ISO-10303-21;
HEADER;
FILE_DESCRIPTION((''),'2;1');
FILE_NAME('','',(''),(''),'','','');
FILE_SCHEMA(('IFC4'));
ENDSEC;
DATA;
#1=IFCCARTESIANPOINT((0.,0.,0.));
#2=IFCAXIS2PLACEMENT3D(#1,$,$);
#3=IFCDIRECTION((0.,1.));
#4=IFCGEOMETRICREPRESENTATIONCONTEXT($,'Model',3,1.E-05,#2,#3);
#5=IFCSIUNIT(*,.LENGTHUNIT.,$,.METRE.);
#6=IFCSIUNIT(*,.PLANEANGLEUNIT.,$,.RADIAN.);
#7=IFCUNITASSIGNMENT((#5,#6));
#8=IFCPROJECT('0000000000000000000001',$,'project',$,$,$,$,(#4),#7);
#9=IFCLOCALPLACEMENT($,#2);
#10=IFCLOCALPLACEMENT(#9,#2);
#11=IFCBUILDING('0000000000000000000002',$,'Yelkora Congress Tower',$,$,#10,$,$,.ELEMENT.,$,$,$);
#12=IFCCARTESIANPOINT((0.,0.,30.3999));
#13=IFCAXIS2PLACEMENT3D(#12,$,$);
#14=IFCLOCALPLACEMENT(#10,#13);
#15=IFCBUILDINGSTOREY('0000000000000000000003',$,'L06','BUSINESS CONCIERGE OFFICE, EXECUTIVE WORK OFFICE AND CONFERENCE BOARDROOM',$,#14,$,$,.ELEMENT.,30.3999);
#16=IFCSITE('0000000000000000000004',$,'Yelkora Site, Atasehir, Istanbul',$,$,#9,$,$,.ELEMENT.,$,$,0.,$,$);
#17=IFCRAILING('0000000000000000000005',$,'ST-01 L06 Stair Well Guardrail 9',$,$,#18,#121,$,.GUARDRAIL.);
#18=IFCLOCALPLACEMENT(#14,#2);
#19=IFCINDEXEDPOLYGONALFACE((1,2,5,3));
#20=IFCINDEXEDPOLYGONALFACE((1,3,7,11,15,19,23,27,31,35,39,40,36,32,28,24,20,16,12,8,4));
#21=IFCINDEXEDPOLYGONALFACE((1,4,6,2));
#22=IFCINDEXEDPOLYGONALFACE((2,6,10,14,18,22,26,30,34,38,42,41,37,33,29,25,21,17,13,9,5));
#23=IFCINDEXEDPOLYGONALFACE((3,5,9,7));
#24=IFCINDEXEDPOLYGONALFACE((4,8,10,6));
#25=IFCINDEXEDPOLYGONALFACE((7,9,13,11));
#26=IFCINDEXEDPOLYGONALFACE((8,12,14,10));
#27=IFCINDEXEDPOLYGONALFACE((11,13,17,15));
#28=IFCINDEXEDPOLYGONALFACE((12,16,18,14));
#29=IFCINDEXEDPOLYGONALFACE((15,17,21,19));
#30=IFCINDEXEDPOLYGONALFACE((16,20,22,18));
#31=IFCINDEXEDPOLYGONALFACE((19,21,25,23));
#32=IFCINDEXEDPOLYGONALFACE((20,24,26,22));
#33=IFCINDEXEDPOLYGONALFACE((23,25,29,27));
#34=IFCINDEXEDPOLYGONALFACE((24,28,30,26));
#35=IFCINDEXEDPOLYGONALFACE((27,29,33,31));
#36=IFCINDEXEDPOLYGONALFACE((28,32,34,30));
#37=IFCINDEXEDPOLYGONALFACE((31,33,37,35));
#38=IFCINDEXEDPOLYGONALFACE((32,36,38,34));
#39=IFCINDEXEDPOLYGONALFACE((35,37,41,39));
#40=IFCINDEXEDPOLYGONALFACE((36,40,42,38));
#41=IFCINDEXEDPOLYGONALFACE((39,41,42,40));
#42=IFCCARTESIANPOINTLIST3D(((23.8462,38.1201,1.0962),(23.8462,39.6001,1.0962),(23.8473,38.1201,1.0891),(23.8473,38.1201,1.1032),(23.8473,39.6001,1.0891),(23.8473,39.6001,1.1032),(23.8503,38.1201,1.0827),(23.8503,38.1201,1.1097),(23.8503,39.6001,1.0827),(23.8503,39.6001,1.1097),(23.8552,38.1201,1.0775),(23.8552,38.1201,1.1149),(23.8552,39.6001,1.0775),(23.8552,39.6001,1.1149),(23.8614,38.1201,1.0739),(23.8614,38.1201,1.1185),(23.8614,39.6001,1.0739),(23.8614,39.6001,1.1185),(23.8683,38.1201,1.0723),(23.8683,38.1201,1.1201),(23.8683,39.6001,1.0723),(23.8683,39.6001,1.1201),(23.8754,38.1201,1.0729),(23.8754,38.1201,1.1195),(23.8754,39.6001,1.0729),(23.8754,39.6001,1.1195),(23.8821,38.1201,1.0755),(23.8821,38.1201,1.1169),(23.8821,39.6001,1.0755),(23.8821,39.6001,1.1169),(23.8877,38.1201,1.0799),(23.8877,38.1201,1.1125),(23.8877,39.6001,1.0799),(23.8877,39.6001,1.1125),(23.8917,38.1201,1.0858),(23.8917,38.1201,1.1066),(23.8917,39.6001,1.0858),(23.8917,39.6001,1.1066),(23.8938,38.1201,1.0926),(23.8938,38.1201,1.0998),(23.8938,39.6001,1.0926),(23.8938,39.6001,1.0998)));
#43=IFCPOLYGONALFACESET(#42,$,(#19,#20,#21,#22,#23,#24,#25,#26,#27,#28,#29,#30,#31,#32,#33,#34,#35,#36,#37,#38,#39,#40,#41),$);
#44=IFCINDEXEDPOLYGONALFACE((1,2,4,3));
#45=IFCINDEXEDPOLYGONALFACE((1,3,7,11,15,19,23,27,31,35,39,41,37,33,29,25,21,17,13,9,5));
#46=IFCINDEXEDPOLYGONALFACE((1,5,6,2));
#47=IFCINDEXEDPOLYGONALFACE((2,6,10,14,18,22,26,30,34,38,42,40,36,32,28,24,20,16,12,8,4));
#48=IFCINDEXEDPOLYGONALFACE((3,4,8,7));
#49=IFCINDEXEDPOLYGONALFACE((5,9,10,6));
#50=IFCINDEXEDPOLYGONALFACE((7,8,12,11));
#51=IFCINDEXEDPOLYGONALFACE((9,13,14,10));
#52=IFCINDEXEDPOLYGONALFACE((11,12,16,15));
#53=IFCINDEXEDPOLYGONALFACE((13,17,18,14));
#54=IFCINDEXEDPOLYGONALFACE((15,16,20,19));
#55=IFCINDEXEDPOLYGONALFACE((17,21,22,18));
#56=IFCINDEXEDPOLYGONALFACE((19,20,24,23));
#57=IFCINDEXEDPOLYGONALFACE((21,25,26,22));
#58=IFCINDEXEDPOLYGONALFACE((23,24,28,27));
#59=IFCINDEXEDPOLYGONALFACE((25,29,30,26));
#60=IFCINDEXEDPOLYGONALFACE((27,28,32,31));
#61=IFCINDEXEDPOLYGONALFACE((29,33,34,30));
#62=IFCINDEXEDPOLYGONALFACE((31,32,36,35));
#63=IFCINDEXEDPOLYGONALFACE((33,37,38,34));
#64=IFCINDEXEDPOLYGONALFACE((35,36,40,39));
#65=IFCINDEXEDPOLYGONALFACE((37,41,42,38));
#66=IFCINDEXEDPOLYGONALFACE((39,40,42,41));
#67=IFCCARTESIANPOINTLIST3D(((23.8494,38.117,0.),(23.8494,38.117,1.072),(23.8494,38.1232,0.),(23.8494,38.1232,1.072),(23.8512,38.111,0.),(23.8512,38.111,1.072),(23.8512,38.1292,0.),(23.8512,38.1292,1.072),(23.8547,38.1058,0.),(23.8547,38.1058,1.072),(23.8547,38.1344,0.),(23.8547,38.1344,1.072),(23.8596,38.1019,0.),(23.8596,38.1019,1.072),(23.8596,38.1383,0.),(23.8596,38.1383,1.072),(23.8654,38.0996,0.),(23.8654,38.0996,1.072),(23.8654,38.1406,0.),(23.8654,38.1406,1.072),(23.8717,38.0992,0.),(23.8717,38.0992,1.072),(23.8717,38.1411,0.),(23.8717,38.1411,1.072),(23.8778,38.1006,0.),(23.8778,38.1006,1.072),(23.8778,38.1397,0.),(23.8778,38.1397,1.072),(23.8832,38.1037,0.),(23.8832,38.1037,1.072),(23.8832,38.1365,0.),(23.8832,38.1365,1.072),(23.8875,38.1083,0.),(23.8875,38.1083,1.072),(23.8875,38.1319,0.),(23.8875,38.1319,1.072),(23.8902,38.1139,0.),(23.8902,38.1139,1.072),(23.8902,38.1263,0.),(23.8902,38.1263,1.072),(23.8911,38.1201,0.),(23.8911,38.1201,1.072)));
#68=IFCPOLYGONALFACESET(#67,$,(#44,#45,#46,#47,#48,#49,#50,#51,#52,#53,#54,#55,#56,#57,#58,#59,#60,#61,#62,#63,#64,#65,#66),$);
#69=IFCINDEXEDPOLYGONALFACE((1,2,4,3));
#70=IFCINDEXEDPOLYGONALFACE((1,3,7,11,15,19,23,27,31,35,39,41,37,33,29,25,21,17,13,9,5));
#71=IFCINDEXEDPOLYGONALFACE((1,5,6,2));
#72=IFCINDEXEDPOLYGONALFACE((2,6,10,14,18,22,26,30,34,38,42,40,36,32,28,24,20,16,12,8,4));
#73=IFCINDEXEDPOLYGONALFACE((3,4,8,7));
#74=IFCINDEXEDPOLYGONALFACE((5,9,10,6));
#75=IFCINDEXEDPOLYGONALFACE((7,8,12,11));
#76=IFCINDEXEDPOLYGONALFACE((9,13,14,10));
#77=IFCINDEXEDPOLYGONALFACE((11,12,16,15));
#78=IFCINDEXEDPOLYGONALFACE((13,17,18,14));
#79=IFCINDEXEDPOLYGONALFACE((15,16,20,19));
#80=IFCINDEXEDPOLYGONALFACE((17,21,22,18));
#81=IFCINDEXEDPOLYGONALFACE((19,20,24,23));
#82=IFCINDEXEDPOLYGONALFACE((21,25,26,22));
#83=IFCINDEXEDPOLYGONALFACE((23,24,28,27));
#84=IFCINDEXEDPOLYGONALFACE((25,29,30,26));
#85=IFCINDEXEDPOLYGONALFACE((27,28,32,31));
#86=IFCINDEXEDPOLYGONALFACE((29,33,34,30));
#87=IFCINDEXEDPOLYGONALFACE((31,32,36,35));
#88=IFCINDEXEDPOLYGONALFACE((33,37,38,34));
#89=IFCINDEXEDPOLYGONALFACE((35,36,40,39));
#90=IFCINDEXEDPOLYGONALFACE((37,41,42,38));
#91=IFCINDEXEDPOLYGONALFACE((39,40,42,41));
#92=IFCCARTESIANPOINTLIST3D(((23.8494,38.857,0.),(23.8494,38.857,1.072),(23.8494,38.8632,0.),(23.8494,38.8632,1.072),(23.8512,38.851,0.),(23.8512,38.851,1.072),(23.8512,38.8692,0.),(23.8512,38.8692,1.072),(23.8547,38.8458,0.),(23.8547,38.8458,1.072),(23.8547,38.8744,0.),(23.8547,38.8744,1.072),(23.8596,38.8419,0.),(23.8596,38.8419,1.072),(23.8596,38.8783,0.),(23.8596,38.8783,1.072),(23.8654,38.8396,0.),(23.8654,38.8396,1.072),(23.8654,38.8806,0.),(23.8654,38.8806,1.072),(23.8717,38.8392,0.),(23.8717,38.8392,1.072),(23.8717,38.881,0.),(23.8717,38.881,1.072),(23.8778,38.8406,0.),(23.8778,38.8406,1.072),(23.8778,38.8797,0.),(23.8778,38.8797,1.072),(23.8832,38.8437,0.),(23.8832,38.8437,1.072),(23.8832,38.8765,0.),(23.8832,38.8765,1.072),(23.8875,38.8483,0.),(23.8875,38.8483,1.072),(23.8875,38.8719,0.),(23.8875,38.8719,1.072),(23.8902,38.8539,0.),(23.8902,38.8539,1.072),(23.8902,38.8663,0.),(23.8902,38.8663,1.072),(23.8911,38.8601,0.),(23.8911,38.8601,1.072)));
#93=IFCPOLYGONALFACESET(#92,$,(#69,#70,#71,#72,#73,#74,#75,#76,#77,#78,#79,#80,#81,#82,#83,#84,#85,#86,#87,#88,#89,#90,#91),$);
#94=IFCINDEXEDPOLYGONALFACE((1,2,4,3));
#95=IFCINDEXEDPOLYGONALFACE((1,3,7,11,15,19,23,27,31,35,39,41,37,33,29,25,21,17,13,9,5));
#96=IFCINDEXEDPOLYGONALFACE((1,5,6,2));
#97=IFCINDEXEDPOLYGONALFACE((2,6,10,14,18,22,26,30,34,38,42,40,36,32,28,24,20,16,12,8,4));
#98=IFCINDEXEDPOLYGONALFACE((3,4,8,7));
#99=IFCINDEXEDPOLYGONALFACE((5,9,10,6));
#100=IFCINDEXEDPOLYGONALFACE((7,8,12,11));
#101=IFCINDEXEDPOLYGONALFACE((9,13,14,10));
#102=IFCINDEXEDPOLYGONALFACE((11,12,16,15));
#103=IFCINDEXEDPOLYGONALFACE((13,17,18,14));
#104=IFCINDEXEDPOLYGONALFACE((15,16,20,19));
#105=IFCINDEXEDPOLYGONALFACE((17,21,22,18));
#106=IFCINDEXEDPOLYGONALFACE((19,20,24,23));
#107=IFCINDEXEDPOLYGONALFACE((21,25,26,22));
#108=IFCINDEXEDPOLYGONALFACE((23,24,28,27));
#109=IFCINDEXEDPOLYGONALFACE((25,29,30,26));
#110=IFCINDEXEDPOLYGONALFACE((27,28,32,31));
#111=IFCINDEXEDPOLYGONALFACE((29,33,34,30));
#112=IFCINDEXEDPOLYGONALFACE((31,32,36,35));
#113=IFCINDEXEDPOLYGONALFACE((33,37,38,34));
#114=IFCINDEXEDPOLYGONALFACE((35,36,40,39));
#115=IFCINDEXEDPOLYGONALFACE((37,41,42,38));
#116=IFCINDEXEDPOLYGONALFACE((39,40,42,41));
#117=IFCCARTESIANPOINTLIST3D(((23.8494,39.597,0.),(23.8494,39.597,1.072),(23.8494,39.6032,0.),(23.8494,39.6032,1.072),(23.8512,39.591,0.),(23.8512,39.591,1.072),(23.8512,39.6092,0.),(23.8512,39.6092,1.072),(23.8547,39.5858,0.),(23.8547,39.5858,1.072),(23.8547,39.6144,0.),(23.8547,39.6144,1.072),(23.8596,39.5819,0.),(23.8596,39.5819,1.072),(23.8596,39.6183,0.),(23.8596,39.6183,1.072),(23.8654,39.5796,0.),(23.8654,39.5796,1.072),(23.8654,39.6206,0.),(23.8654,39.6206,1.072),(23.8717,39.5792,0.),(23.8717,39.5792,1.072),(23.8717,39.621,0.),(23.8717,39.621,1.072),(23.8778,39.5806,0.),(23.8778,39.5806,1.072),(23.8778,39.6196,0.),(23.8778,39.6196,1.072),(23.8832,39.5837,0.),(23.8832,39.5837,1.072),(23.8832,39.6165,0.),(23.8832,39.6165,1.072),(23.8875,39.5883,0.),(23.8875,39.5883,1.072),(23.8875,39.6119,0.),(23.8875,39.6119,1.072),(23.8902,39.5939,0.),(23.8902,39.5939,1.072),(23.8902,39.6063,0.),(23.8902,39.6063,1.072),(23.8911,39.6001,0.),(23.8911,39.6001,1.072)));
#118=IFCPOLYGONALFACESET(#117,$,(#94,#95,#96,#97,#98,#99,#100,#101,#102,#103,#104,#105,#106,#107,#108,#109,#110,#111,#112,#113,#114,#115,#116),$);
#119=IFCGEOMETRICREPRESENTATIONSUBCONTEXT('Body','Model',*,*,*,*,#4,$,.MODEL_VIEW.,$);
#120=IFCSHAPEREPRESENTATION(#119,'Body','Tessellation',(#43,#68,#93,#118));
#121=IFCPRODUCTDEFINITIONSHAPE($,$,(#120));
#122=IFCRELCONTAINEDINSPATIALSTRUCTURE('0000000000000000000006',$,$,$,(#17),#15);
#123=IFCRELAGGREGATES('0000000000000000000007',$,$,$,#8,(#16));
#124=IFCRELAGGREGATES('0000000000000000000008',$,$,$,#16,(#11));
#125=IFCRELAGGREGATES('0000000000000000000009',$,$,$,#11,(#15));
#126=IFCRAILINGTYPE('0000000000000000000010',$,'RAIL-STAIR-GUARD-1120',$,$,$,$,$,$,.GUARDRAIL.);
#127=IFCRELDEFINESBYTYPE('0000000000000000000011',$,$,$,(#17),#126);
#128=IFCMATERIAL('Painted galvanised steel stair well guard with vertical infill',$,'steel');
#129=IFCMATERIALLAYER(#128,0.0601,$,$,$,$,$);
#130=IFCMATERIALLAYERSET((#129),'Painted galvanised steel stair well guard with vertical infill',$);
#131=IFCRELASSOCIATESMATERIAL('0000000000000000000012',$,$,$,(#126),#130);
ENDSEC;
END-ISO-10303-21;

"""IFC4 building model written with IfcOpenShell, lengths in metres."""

from ifc_helpers import new_model, si_unit, direction, frame, origin, origin_2d, place, context, subcontext, project, spatial, circle, extrude, material, layer, layer_set, type_object, element, save


model = new_model("IFC4")

# Units and contexts
model_context = context("Model", 3, precision=1e-05, world=origin(), true_north=direction((0.0, 1.0)))
body_context = subcontext(model_context, "Body", "Model", "MODEL_VIEW")
ifc_project = project(units=[si_unit("LENGTHUNIT", "METRE"), si_unit("PLANEANGLEUNIT", "RADIAN")], contexts=[model_context])

# Site, building, storey
site_placement = place(None, origin())
site = spatial("IfcSite", under=ifc_project, at=site_placement, Name="Yelkora Site, Atasehir, Istanbul", CompositionType="ELEMENT", RefElevation=0.0)
building_placement = place(site_placement, origin())
building = spatial("IfcBuilding", under=site, at=building_placement, Name="Yelkora Congress Tower", CompositionType="ELEMENT")
storey_placement = place(building_placement, frame((0.0, 0.0, 30.3999)))
storey = spatial("IfcBuildingStorey", under=building, at=storey_placement, Name="L06", Description="BUSINESS CONCIERGE OFFICE, EXECUTIVE WORK OFFICE AND CONFERENCE BOARDROOM", CompositionType="ELEMENT", Elevation=30.3999)

# Railing
ifc_material_1 = material(Name="Painted galvanised steel stair well guard with vertical infill", Category="steel")
ifc_layer_1 = layer(ifc_material_1, 0.0601)
ifc_layer_set_1 = layer_set([ifc_layer_1], Name="Painted galvanised steel stair well guard with vertical infill")
railing_type_1 = type_object("IfcRailingType", Name="RAIL-STAIR-GUARD-1120", PredefinedType="GUARDRAIL", material=ifc_layer_set_1)
for number, where, name in (
    (1, (23.8701, 38.1201, 0.0), "ST-01 L06 Stair Well Guardrail 9"),
):
    element("IfcRailing", number, at=place(storey_placement, frame(where)), inside=storey, type_object=railing_type_1, Name=name, PredefinedType="GUARDRAIL", context=body_context, shape_type="SweptSolid", body=[
        extrude(circle(Radius=0.0239, at=origin_2d()), frame((0.0, 0.0, 1.0962), z_axis=(0.0, 1.0, 0.0), x_axis=(-1.0, 0.0, 0.0)), (0.0, 0.0, 1.0), 1.48),
        extrude(circle(Radius=0.021, at=origin_2d()), origin(), (0.0, 0.0, 1.0), 1.072),
        extrude(circle(Radius=0.021, at=origin_2d()), frame((0.0, 0.74, 0.0)), (0.0, 0.0, 1.0), 1.072),
        extrude(circle(Radius=0.021, at=origin_2d()), frame((0.0, 1.48, 0.0)), (0.0, 0.0, 1.0), 1.072),
    ])

save(model, "model.ifc")
